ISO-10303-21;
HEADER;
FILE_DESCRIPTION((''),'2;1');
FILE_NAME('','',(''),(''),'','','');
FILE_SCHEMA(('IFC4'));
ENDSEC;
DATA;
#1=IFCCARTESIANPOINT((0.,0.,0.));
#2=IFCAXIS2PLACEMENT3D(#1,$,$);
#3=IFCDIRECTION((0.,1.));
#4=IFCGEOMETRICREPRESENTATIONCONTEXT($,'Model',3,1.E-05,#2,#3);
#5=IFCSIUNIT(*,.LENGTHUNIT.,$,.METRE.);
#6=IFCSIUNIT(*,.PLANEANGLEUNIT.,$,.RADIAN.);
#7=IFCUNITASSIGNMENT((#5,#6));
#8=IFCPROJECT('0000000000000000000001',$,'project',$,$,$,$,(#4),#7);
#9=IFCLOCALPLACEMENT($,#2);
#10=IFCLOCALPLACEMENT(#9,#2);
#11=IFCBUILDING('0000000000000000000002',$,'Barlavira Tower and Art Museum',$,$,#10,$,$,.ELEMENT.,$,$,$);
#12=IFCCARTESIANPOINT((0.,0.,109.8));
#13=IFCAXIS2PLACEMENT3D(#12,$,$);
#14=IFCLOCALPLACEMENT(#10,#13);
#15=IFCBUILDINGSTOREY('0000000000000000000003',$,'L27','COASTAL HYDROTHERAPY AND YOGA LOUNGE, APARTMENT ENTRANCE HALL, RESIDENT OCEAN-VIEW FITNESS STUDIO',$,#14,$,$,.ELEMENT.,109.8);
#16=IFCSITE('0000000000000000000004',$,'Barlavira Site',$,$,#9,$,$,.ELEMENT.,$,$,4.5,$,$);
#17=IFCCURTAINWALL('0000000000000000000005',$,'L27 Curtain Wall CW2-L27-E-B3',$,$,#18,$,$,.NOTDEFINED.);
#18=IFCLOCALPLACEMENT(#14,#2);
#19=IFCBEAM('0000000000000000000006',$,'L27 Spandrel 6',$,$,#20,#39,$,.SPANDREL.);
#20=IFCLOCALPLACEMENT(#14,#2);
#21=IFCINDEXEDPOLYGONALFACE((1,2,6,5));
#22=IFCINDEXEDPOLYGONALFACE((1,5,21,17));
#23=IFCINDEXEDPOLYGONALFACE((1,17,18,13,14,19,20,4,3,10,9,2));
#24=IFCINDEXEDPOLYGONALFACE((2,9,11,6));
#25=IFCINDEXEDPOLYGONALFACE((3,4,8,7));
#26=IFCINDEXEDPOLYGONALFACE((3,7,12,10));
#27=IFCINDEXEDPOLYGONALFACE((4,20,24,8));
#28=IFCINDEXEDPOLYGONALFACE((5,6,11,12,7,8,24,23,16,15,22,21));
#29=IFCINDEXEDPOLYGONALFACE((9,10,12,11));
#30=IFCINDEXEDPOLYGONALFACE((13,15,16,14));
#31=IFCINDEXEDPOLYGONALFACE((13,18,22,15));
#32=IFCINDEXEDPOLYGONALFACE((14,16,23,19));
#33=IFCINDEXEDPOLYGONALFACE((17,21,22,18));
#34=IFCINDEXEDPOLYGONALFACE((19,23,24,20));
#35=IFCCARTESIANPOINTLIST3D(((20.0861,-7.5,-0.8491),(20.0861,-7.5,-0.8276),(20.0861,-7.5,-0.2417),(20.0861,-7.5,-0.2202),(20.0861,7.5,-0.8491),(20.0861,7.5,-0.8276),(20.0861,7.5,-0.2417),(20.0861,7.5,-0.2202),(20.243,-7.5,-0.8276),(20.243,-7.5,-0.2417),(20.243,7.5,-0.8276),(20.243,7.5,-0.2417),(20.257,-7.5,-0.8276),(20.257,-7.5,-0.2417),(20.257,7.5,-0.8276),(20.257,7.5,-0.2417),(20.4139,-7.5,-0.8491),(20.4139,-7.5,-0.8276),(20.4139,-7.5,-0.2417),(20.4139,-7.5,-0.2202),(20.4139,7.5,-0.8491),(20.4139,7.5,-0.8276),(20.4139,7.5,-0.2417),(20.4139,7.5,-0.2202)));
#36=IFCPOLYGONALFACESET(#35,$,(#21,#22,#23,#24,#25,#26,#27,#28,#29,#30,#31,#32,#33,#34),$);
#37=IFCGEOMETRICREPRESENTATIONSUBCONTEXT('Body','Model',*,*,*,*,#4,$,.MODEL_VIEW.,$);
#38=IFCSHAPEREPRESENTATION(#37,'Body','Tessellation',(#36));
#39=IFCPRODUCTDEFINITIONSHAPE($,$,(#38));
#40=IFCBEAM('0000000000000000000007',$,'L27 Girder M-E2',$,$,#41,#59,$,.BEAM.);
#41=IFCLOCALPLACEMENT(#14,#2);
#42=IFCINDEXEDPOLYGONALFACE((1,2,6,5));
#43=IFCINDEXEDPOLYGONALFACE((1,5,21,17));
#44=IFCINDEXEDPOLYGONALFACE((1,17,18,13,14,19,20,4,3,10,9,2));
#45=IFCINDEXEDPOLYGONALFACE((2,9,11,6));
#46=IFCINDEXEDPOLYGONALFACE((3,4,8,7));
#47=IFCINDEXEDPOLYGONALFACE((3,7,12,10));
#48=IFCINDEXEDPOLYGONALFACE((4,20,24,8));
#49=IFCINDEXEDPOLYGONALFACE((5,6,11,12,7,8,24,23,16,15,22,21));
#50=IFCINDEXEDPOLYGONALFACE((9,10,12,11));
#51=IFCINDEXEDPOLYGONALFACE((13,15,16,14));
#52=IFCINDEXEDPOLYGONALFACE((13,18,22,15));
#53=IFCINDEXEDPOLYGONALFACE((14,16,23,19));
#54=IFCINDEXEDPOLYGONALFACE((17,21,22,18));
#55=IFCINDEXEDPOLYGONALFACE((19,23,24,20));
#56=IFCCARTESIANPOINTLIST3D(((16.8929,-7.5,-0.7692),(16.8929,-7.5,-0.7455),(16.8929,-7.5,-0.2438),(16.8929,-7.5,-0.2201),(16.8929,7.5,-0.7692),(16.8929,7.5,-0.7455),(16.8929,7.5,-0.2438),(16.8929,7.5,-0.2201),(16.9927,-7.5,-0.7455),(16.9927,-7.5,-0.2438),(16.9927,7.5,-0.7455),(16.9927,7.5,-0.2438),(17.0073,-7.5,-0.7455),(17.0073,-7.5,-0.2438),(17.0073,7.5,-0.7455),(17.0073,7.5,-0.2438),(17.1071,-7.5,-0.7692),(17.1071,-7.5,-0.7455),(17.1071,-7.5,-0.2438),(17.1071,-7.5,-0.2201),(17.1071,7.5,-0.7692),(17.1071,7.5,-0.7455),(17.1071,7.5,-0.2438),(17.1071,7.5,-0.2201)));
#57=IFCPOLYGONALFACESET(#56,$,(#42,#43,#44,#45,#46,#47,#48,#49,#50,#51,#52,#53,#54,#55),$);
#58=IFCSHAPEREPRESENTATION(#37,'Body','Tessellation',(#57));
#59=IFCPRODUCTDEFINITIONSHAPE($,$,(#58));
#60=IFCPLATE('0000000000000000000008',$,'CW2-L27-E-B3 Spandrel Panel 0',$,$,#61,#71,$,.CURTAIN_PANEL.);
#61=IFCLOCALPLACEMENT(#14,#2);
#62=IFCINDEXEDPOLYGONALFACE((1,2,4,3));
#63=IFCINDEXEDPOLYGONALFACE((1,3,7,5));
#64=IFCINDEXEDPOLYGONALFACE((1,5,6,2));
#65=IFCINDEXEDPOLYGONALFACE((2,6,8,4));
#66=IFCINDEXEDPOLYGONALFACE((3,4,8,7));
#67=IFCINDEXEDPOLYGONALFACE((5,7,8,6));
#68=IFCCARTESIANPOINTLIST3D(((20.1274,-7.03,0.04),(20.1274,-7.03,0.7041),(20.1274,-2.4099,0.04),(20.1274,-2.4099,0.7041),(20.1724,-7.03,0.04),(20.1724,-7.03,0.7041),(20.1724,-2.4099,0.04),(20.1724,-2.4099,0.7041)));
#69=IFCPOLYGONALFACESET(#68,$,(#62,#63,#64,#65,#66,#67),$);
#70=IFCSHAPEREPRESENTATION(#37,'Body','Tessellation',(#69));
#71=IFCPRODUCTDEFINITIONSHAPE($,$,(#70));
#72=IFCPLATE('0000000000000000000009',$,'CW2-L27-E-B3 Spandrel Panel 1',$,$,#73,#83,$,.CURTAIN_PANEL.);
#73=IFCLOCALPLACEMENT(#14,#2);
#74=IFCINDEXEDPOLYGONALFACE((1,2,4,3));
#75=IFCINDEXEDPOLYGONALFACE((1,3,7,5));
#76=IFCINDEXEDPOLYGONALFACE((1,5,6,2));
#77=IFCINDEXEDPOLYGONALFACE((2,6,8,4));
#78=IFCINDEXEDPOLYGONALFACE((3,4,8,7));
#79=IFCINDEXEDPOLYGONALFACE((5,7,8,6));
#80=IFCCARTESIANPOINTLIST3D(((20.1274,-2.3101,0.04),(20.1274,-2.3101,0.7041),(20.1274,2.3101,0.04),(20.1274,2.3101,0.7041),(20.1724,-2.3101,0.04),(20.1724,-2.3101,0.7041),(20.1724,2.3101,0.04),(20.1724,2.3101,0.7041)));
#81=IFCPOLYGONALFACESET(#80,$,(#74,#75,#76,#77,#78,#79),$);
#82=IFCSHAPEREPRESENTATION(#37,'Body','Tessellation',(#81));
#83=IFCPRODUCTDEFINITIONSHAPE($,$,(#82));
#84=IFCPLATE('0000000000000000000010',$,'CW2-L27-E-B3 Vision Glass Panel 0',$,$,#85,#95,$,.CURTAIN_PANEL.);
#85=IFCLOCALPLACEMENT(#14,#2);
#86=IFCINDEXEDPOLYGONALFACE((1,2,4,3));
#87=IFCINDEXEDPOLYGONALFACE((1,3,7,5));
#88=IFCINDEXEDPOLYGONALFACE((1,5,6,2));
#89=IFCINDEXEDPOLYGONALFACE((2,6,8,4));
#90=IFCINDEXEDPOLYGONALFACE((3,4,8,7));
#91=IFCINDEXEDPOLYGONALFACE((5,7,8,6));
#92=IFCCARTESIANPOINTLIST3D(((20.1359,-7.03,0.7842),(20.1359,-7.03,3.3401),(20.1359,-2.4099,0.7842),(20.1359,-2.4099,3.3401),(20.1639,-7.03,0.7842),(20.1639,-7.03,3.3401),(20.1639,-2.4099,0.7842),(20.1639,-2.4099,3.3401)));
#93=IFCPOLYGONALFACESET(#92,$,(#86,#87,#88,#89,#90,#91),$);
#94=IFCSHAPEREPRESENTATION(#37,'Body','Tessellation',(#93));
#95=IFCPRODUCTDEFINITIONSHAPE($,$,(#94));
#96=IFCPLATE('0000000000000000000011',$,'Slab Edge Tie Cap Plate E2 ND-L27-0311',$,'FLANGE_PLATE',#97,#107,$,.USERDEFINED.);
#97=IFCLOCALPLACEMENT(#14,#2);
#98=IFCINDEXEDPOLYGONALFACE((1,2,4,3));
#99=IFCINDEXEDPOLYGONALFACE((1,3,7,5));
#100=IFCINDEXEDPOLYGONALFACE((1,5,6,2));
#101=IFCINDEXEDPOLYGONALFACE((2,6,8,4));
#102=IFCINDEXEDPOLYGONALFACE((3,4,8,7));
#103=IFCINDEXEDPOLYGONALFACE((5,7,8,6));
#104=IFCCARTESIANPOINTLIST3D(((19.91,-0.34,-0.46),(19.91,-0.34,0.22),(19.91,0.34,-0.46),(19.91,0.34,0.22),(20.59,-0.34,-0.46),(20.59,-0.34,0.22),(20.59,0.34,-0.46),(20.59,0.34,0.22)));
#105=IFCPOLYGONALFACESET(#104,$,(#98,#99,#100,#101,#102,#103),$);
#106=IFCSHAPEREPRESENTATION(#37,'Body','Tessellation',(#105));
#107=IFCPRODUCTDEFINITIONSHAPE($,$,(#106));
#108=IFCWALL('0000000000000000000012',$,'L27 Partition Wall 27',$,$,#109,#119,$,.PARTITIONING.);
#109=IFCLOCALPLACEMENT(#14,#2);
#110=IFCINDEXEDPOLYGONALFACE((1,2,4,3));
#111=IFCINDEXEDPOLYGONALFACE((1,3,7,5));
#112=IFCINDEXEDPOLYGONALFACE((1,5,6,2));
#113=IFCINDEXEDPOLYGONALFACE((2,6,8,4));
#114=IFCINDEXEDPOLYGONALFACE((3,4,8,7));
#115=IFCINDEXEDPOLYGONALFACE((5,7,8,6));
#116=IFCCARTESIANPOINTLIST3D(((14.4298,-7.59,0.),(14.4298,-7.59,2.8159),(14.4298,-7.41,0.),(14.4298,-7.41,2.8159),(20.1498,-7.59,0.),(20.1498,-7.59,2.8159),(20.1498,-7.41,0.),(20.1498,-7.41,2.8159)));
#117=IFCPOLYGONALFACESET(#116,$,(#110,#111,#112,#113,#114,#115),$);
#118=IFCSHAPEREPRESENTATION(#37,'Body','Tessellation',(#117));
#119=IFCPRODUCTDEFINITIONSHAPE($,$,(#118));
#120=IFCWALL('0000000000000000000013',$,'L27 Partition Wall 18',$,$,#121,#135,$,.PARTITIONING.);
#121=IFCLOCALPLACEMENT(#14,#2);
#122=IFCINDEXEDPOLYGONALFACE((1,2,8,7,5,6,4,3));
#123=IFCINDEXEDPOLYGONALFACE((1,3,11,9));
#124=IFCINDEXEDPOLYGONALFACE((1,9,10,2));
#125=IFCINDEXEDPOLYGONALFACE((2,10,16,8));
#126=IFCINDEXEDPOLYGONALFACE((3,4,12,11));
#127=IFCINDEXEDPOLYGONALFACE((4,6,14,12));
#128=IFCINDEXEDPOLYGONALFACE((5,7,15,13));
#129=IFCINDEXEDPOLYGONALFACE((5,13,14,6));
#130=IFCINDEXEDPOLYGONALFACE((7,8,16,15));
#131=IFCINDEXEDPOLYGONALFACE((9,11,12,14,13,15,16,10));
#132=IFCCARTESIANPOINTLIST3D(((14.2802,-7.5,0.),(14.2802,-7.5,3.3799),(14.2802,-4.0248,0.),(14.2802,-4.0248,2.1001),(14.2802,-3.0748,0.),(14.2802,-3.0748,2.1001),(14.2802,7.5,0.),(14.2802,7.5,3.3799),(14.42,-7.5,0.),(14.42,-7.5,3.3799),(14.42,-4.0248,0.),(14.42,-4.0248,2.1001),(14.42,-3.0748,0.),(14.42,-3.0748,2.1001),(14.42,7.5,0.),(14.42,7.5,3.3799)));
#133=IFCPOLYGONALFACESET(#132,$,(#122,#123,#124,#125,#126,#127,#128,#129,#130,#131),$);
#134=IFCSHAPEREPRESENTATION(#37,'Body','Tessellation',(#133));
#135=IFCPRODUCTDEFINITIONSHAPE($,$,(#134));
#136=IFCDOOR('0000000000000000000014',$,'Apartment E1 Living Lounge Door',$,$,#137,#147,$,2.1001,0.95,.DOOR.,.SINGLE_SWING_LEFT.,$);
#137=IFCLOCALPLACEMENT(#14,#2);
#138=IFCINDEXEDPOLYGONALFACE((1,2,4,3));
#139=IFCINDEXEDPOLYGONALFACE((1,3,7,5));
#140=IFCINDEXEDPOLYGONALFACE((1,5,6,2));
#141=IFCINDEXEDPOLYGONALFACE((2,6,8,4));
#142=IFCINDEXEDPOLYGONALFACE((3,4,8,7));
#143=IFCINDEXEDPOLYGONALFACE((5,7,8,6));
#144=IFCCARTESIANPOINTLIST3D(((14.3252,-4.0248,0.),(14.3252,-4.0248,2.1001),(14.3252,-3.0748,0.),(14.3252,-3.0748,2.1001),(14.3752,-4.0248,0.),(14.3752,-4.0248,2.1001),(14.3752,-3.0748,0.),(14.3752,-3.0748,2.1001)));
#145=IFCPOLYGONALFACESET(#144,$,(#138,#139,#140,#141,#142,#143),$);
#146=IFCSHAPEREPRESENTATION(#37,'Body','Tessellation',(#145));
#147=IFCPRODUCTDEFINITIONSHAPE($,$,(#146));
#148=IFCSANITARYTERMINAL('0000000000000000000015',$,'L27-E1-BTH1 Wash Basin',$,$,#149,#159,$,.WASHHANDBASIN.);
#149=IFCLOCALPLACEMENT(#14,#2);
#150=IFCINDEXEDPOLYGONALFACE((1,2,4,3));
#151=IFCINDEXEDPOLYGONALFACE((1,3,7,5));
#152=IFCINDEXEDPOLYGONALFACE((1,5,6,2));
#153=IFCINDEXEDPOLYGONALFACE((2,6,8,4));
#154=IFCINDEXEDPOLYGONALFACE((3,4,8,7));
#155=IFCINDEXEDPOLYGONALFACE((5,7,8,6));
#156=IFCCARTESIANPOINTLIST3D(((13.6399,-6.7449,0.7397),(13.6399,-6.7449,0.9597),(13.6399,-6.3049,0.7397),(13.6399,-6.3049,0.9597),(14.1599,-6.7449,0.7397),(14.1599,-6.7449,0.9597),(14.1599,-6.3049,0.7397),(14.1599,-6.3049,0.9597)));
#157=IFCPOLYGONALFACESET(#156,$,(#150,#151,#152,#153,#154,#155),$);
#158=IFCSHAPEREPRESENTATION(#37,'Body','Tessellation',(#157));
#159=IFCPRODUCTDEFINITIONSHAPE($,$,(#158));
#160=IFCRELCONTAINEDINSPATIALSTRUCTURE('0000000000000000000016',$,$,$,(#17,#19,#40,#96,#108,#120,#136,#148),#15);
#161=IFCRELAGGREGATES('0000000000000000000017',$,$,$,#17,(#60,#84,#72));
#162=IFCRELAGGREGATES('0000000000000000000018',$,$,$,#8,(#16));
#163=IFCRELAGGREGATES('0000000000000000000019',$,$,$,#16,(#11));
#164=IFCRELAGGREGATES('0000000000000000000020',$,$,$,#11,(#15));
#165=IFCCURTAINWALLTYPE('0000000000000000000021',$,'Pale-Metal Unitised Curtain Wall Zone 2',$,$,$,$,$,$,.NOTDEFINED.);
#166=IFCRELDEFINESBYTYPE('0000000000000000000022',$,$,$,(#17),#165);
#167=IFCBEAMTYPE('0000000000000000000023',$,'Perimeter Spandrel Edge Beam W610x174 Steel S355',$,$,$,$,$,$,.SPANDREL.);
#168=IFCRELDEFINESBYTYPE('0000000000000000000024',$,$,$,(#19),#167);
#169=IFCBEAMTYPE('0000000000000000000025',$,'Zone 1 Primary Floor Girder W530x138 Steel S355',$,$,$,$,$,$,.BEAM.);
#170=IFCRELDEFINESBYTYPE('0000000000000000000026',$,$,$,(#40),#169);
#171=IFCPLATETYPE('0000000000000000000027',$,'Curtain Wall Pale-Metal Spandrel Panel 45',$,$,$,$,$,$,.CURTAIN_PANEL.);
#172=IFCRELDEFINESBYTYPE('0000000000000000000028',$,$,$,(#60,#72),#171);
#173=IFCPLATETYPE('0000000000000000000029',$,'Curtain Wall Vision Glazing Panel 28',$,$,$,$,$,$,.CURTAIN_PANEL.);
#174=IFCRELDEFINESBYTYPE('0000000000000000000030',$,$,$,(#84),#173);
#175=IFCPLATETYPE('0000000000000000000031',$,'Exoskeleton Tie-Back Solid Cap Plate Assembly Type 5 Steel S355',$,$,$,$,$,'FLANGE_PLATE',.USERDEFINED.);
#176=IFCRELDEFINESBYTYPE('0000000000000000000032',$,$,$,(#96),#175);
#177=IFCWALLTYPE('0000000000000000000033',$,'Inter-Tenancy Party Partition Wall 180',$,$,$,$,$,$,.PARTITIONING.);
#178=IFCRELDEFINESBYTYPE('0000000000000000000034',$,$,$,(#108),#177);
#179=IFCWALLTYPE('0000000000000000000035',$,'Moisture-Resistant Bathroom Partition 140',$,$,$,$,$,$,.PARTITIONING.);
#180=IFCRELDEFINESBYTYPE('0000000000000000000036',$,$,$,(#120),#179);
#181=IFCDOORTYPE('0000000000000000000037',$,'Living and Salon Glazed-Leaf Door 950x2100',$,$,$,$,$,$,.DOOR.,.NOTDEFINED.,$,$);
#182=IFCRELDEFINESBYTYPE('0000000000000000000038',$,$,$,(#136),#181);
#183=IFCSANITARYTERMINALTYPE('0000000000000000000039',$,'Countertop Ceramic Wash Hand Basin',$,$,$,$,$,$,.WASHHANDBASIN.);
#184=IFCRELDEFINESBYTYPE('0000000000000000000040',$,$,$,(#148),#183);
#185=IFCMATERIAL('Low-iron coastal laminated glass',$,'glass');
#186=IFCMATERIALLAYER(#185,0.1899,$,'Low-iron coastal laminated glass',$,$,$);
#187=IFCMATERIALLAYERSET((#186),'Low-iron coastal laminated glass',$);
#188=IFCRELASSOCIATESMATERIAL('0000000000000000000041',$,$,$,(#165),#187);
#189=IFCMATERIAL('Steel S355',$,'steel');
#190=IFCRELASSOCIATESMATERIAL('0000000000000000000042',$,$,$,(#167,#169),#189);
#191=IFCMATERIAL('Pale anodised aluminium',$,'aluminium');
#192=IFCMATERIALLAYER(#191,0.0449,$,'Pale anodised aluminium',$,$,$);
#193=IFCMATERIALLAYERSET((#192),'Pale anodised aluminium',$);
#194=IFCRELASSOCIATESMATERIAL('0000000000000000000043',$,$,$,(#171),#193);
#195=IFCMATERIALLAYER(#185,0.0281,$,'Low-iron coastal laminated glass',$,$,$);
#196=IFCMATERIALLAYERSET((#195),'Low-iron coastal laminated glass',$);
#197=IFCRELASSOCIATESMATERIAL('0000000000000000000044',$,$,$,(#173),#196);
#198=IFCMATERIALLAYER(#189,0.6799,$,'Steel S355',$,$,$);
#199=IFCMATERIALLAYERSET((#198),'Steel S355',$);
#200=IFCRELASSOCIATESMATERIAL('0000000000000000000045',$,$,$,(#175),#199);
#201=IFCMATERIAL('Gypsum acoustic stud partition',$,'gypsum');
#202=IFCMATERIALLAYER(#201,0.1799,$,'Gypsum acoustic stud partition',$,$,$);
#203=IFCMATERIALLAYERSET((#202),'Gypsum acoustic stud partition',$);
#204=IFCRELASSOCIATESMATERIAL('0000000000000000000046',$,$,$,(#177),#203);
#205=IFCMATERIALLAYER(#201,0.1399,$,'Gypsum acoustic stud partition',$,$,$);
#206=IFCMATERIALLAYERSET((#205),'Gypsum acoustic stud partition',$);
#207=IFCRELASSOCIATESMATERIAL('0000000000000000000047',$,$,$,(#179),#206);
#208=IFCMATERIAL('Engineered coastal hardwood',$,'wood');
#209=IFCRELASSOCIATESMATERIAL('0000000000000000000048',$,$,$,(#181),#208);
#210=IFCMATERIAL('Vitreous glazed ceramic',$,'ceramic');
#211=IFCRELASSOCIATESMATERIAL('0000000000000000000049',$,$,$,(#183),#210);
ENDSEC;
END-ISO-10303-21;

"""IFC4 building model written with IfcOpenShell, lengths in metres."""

from ifc_helpers import new_model, si_unit, direction, frame, frame_2d, origin, origin_2d, place, context, subcontext, project, spatial, rectangle, i_section, extrude, material, layer, layer_set, material_profile, profile_set, type_object, element, fill, aggregate, save


model = new_model("IFC4")

# Units and contexts
model_context = context("Model", 3, precision=1e-05, world=origin(), true_north=direction((0.0, 1.0)))
body_context = subcontext(model_context, "Body", "Model", "MODEL_VIEW")
ifc_project = project(units=[si_unit("LENGTHUNIT", "METRE"), si_unit("PLANEANGLEUNIT", "RADIAN")], contexts=[model_context])

# Site, building, storey
site_placement = place(None, origin())
site = spatial("IfcSite", under=ifc_project, at=site_placement, Name="Barlavira Site", CompositionType="ELEMENT", RefElevation=4.5)
building_placement = place(site_placement, origin())
building = spatial("IfcBuilding", under=site, at=building_placement, Name="Barlavira Tower and Art Museum", CompositionType="ELEMENT")
storey_placement = place(building_placement, frame((0.0, 0.0, 109.8)))
storey = spatial("IfcBuildingStorey", under=building, at=storey_placement, Name="L27", Description="COASTAL HYDROTHERAPY AND YOGA LOUNGE, APARTMENT ENTRANCE HALL, RESIDENT OCEAN-VIEW FITNESS STUDIO", CompositionType="ELEMENT", Elevation=109.8)

# Curtain wall
ifc_material_1 = material(Name="Low-iron coastal laminated glass", Category="glass")
ifc_layer_1 = layer(ifc_material_1, 0.1899, Name="Low-iron coastal laminated glass")
ifc_layer_set_1 = layer_set([ifc_layer_1], Name="Low-iron coastal laminated glass")
curtain_wall_type = type_object("IfcCurtainWallType", Name="Pale-Metal Unitised Curtain Wall Zone 2", PredefinedType="NOTDEFINED", material=ifc_layer_set_1)
curtain_wall_placement = place(storey_placement, origin())
curtain_wall = element("IfcCurtainWall", 1, at=curtain_wall_placement, inside=storey, type_object=curtain_wall_type, Name="L27 Curtain Wall CW2-L27-E-B3", PredefinedType="NOTDEFINED")
ifc_material_2 = material(Name="Pale anodised aluminium", Category="aluminium")

# Shared definitions
ifc_material_3 = material(Name="Steel S355", Category="steel")

# Beams
ifc_material_profile_1 = material_profile(ifc_material_3, i_section(OverallWidth=0.3279, OverallDepth=0.6289, WebThickness=0.0139, FlangeThickness=0.0215, at=origin_2d()), Name="W610x174.0")
ifc_profile_set_1 = profile_set([ifc_material_profile_1], Name="Steel S355")
beam_type_1 = type_object("IfcBeamType", Name="Perimeter Spandrel Edge Beam W610x174 Steel S355", PredefinedType="SPANDREL", material=ifc_profile_set_1)
beam_1_placement = place(storey_placement, frame((20.25, -7.5, -0.5347), z_axis=(0.0, 1.0, 0.0), x_axis=(-1.0, 0.0, 0.0)))
element("IfcBeam", 2, at=beam_1_placement, inside=storey, type_object=beam_type_1, Name="L27 Spandrel 6", PredefinedType="SPANDREL", context=body_context, shape_type="SweptSolid", body=[
    extrude(i_section(OverallWidth=0.3279, OverallDepth=0.6289, WebThickness=0.0139, FlangeThickness=0.0215, at=origin_2d()), origin(), (0.0, 0.0, 1.0), 15.0),
])
ifc_material_profile_2 = material_profile(ifc_material_3, i_section(OverallWidth=0.2141, OverallDepth=0.5491, WebThickness=0.0146, FlangeThickness=0.0237, at=origin_2d()), Name="W530x138.0")
ifc_profile_set_2 = profile_set([ifc_material_profile_2], Name="Steel S355")
beam_type_2 = type_object("IfcBeamType", Name="Zone 1 Primary Floor Girder W530x138 Steel S355", PredefinedType="BEAM", material=ifc_profile_set_2)
beam_2_placement = place(storey_placement, frame((17.0, -7.5, -0.4946), z_axis=(0.0, 1.0, 0.0), x_axis=(-1.0, 0.0, 0.0)))
element("IfcBeam", 3, at=beam_2_placement, inside=storey, type_object=beam_type_2, Name="L27 Girder M-E2", PredefinedType="BEAM", context=body_context, shape_type="SweptSolid", body=[
    extrude(i_section(OverallWidth=0.2141, OverallDepth=0.5491, WebThickness=0.0146, FlangeThickness=0.0237, at=origin_2d()), origin(), (0.0, 0.0, 1.0), 15.0),
])

# Plates
ifc_layer_2 = layer(ifc_material_2, 0.0449, Name="Pale anodised aluminium")
ifc_layer_set_2 = layer_set([ifc_layer_2], Name="Pale anodised aluminium")
plate_type_1 = type_object("IfcPlateType", Name="Curtain Wall Pale-Metal Spandrel Panel 45", PredefinedType="CURTAIN_PANEL", material=ifc_layer_set_2)
plate_1_placement = place(storey_placement, frame((20.1499, -4.72, 0.04), z_axis=(0.0, 0.0, 1.0), x_axis=(0.0, 1.0, 0.0)))
plate_1 = element("IfcPlate", 4, at=plate_1_placement, type_object=plate_type_1, Name="CW2-L27-E-B3 Spandrel Panel 0", PredefinedType="CURTAIN_PANEL", context=body_context, shape_type="SweptSolid", body=[
    extrude(rectangle(XDim=4.6201, YDim=0.0449, at=origin_2d()), origin(), (0.0, 0.0, 1.0), 0.6641),
])
plate_2_placement = place(storey_placement, frame((20.1499, 0.0, 0.04), z_axis=(0.0, 0.0, 1.0), x_axis=(0.0, 1.0, 0.0)))
plate_2 = element("IfcPlate", 5, at=plate_2_placement, type_object=plate_type_1, Name="CW2-L27-E-B3 Spandrel Panel 1", PredefinedType="CURTAIN_PANEL", context=body_context, shape_type="SweptSolid", body=[
    extrude(rectangle(XDim=4.6201, YDim=0.0449, at=origin_2d()), origin(), (0.0, 0.0, 1.0), 0.6641),
])
ifc_layer_3 = layer(ifc_material_1, 0.0281, Name="Low-iron coastal laminated glass")
ifc_layer_set_3 = layer_set([ifc_layer_3], Name="Low-iron coastal laminated glass")
plate_type_2 = type_object("IfcPlateType", Name="Curtain Wall Vision Glazing Panel 28", PredefinedType="CURTAIN_PANEL", material=ifc_layer_set_3)
plate_3_placement = place(storey_placement, frame((20.1499, -4.72, 0.7842), z_axis=(0.0, 0.0, 1.0), x_axis=(0.0, 1.0, 0.0)))
plate_3 = element("IfcPlate", 6, at=plate_3_placement, type_object=plate_type_2, Name="CW2-L27-E-B3 Vision Glass Panel 0", PredefinedType="CURTAIN_PANEL", context=body_context, shape_type="SweptSolid", body=[
    extrude(rectangle(XDim=4.6201, YDim=0.0281, at=origin_2d()), origin(), (0.0, 0.0, 1.0), 2.5559),
])
aggregate(curtain_wall, [plate_1, plate_3, plate_2])
ifc_layer_4 = layer(ifc_material_3, 0.6799, Name="Steel S355")
ifc_layer_set_4 = layer_set([ifc_layer_4], Name="Steel S355")
plate_type_3 = type_object("IfcPlateType", Name="Exoskeleton Tie-Back Solid Cap Plate Assembly Type 5 Steel S355", ElementType="FLANGE_PLATE", PredefinedType="USERDEFINED", material=ifc_layer_set_4)
plate_4_placement = place(storey_placement, frame((20.25, 0.0, -0.46), z_axis=(0.0, 0.0, 1.0), x_axis=(1.0, 0.0, 0.0)))
element("IfcPlate", 7, at=plate_4_placement, inside=storey, type_object=plate_type_3, Name="Slab Edge Tie Cap Plate E2 ND-L27-0311", ObjectType="FLANGE_PLATE", PredefinedType="USERDEFINED", context=body_context, shape_type="SweptSolid", body=[
    extrude(rectangle(XDim=0.6799, YDim=0.6799, at=origin_2d()), origin(), (0.0, 0.0, 1.0), 0.6799),
])

# Wall
ifc_material_4 = material(Name="Gypsum acoustic stud partition", Category="gypsum")
ifc_layer_5 = layer(ifc_material_4, 0.1799, Name="Gypsum acoustic stud partition")
ifc_layer_set_5 = layer_set([ifc_layer_5], Name="Gypsum acoustic stud partition")
wall_type_1 = type_object("IfcWallType", Name="Inter-Tenancy Party Partition Wall 180", PredefinedType="PARTITIONING", material=ifc_layer_set_5)
wall_1_placement = place(storey_placement, frame((14.4299, -7.5, 0.0), z_axis=(0.0, 0.0, 1.0), x_axis=(1.0, 0.0, 0.0)))
element("IfcWall", 8, at=wall_1_placement, inside=storey, type_object=wall_type_1, Name="L27 Partition Wall 27", PredefinedType="PARTITIONING", context=body_context, shape_type="SweptSolid", body=[
    extrude(rectangle(XDim=5.72, YDim=0.1799, at=frame_2d((2.8599, 0.0))), origin(), (0.0, 0.0, 1.0), 2.8159),
])

# Wall, opening, door
ifc_layer_6 = layer(ifc_material_4, 0.1399, Name="Gypsum acoustic stud partition")
ifc_layer_set_6 = layer_set([ifc_layer_6], Name="Gypsum acoustic stud partition")
wall_type_2 = type_object("IfcWallType", Name="Moisture-Resistant Bathroom Partition 140", PredefinedType="PARTITIONING", material=ifc_layer_set_6)
wall_2_placement = place(storey_placement, frame((14.3501, -7.5, 0.0), z_axis=(0.0, 0.0, 1.0), x_axis=(0.0, 1.0, 0.0)))
wall_2 = element("IfcWall", 9, at=wall_2_placement, inside=storey, type_object=wall_type_2, Name="L27 Partition Wall 18", PredefinedType="PARTITIONING", context=body_context, shape_type="SweptSolid", body=[
    extrude(rectangle(XDim=15.0, YDim=0.1399, at=frame_2d((7.5, 0.0))), origin(), (0.0, 0.0, 1.0), 3.3799),
])
opening_placement = place(wall_2_placement, frame((3.4751, 0.0, 0.0)))
opening = element("IfcOpeningElement", 10, at=opening_placement, cuts=wall_2, PredefinedType="OPENING", context=body_context, shape_type="SweptSolid", body=[
    extrude(rectangle(XDim=0.95, YDim=2.1001, at=frame_2d((0.4751, 1.05))), frame((0.0, 0.0801, 0.0), z_axis=(0.0, -1.0, 0.0), x_axis=(1.0, 0.0, 0.0)), (0.0, 0.0, 1.0), 0.1599),
])
ifc_material_5 = material(Name="Engineered coastal hardwood", Category="wood")
door_type = type_object("IfcDoorType", Name="Living and Salon Glazed-Leaf Door 950x2100", OperationType="NOTDEFINED", PredefinedType="DOOR", material=ifc_material_5)
door_placement = place(opening_placement, origin())
door = element("IfcDoor", 11, at=door_placement, inside=storey, type_object=door_type, Name="Apartment E1 Living Lounge Door", OperationType="SINGLE_SWING_LEFT", OverallHeight=2.1001, OverallWidth=0.95, PredefinedType="DOOR", context=body_context, shape_type="SweptSolid", body=[
    extrude(rectangle(XDim=0.95, YDim=2.1001, at=frame_2d((0.4751, 1.05))), frame((0.0, 0.0249, 0.0), z_axis=(0.0, -1.0, 0.0), x_axis=(1.0, 0.0, 0.0)), (0.0, 0.0, 1.0), 0.05),
])
fill(opening, door)

# Sanitary terminal
ifc_material_6 = material(Name="Vitreous glazed ceramic", Category="ceramic")
sanitary_terminal_type = type_object("IfcSanitaryTerminalType", Name="Countertop Ceramic Wash Hand Basin", PredefinedType="WASHHANDBASIN", material=ifc_material_6)
sanitary_terminal_placement = place(storey_placement, frame((13.8999, -6.5249, 0.7397), z_axis=(0.0, 0.0, 1.0), x_axis=(1.0, 0.0, 0.0)))
element("IfcSanitaryTerminal", 12, at=sanitary_terminal_placement, inside=storey, type_object=sanitary_terminal_type, Name="L27-E1-BTH1 Wash Basin", PredefinedType="WASHHANDBASIN", context=body_context, shape_type="SweptSolid", body=[
    extrude(rectangle(XDim=0.52, YDim=0.4399, at=origin_2d()), origin(), (0.0, 0.0, 1.0), 0.22),
])

save(model, "model.ifc")
